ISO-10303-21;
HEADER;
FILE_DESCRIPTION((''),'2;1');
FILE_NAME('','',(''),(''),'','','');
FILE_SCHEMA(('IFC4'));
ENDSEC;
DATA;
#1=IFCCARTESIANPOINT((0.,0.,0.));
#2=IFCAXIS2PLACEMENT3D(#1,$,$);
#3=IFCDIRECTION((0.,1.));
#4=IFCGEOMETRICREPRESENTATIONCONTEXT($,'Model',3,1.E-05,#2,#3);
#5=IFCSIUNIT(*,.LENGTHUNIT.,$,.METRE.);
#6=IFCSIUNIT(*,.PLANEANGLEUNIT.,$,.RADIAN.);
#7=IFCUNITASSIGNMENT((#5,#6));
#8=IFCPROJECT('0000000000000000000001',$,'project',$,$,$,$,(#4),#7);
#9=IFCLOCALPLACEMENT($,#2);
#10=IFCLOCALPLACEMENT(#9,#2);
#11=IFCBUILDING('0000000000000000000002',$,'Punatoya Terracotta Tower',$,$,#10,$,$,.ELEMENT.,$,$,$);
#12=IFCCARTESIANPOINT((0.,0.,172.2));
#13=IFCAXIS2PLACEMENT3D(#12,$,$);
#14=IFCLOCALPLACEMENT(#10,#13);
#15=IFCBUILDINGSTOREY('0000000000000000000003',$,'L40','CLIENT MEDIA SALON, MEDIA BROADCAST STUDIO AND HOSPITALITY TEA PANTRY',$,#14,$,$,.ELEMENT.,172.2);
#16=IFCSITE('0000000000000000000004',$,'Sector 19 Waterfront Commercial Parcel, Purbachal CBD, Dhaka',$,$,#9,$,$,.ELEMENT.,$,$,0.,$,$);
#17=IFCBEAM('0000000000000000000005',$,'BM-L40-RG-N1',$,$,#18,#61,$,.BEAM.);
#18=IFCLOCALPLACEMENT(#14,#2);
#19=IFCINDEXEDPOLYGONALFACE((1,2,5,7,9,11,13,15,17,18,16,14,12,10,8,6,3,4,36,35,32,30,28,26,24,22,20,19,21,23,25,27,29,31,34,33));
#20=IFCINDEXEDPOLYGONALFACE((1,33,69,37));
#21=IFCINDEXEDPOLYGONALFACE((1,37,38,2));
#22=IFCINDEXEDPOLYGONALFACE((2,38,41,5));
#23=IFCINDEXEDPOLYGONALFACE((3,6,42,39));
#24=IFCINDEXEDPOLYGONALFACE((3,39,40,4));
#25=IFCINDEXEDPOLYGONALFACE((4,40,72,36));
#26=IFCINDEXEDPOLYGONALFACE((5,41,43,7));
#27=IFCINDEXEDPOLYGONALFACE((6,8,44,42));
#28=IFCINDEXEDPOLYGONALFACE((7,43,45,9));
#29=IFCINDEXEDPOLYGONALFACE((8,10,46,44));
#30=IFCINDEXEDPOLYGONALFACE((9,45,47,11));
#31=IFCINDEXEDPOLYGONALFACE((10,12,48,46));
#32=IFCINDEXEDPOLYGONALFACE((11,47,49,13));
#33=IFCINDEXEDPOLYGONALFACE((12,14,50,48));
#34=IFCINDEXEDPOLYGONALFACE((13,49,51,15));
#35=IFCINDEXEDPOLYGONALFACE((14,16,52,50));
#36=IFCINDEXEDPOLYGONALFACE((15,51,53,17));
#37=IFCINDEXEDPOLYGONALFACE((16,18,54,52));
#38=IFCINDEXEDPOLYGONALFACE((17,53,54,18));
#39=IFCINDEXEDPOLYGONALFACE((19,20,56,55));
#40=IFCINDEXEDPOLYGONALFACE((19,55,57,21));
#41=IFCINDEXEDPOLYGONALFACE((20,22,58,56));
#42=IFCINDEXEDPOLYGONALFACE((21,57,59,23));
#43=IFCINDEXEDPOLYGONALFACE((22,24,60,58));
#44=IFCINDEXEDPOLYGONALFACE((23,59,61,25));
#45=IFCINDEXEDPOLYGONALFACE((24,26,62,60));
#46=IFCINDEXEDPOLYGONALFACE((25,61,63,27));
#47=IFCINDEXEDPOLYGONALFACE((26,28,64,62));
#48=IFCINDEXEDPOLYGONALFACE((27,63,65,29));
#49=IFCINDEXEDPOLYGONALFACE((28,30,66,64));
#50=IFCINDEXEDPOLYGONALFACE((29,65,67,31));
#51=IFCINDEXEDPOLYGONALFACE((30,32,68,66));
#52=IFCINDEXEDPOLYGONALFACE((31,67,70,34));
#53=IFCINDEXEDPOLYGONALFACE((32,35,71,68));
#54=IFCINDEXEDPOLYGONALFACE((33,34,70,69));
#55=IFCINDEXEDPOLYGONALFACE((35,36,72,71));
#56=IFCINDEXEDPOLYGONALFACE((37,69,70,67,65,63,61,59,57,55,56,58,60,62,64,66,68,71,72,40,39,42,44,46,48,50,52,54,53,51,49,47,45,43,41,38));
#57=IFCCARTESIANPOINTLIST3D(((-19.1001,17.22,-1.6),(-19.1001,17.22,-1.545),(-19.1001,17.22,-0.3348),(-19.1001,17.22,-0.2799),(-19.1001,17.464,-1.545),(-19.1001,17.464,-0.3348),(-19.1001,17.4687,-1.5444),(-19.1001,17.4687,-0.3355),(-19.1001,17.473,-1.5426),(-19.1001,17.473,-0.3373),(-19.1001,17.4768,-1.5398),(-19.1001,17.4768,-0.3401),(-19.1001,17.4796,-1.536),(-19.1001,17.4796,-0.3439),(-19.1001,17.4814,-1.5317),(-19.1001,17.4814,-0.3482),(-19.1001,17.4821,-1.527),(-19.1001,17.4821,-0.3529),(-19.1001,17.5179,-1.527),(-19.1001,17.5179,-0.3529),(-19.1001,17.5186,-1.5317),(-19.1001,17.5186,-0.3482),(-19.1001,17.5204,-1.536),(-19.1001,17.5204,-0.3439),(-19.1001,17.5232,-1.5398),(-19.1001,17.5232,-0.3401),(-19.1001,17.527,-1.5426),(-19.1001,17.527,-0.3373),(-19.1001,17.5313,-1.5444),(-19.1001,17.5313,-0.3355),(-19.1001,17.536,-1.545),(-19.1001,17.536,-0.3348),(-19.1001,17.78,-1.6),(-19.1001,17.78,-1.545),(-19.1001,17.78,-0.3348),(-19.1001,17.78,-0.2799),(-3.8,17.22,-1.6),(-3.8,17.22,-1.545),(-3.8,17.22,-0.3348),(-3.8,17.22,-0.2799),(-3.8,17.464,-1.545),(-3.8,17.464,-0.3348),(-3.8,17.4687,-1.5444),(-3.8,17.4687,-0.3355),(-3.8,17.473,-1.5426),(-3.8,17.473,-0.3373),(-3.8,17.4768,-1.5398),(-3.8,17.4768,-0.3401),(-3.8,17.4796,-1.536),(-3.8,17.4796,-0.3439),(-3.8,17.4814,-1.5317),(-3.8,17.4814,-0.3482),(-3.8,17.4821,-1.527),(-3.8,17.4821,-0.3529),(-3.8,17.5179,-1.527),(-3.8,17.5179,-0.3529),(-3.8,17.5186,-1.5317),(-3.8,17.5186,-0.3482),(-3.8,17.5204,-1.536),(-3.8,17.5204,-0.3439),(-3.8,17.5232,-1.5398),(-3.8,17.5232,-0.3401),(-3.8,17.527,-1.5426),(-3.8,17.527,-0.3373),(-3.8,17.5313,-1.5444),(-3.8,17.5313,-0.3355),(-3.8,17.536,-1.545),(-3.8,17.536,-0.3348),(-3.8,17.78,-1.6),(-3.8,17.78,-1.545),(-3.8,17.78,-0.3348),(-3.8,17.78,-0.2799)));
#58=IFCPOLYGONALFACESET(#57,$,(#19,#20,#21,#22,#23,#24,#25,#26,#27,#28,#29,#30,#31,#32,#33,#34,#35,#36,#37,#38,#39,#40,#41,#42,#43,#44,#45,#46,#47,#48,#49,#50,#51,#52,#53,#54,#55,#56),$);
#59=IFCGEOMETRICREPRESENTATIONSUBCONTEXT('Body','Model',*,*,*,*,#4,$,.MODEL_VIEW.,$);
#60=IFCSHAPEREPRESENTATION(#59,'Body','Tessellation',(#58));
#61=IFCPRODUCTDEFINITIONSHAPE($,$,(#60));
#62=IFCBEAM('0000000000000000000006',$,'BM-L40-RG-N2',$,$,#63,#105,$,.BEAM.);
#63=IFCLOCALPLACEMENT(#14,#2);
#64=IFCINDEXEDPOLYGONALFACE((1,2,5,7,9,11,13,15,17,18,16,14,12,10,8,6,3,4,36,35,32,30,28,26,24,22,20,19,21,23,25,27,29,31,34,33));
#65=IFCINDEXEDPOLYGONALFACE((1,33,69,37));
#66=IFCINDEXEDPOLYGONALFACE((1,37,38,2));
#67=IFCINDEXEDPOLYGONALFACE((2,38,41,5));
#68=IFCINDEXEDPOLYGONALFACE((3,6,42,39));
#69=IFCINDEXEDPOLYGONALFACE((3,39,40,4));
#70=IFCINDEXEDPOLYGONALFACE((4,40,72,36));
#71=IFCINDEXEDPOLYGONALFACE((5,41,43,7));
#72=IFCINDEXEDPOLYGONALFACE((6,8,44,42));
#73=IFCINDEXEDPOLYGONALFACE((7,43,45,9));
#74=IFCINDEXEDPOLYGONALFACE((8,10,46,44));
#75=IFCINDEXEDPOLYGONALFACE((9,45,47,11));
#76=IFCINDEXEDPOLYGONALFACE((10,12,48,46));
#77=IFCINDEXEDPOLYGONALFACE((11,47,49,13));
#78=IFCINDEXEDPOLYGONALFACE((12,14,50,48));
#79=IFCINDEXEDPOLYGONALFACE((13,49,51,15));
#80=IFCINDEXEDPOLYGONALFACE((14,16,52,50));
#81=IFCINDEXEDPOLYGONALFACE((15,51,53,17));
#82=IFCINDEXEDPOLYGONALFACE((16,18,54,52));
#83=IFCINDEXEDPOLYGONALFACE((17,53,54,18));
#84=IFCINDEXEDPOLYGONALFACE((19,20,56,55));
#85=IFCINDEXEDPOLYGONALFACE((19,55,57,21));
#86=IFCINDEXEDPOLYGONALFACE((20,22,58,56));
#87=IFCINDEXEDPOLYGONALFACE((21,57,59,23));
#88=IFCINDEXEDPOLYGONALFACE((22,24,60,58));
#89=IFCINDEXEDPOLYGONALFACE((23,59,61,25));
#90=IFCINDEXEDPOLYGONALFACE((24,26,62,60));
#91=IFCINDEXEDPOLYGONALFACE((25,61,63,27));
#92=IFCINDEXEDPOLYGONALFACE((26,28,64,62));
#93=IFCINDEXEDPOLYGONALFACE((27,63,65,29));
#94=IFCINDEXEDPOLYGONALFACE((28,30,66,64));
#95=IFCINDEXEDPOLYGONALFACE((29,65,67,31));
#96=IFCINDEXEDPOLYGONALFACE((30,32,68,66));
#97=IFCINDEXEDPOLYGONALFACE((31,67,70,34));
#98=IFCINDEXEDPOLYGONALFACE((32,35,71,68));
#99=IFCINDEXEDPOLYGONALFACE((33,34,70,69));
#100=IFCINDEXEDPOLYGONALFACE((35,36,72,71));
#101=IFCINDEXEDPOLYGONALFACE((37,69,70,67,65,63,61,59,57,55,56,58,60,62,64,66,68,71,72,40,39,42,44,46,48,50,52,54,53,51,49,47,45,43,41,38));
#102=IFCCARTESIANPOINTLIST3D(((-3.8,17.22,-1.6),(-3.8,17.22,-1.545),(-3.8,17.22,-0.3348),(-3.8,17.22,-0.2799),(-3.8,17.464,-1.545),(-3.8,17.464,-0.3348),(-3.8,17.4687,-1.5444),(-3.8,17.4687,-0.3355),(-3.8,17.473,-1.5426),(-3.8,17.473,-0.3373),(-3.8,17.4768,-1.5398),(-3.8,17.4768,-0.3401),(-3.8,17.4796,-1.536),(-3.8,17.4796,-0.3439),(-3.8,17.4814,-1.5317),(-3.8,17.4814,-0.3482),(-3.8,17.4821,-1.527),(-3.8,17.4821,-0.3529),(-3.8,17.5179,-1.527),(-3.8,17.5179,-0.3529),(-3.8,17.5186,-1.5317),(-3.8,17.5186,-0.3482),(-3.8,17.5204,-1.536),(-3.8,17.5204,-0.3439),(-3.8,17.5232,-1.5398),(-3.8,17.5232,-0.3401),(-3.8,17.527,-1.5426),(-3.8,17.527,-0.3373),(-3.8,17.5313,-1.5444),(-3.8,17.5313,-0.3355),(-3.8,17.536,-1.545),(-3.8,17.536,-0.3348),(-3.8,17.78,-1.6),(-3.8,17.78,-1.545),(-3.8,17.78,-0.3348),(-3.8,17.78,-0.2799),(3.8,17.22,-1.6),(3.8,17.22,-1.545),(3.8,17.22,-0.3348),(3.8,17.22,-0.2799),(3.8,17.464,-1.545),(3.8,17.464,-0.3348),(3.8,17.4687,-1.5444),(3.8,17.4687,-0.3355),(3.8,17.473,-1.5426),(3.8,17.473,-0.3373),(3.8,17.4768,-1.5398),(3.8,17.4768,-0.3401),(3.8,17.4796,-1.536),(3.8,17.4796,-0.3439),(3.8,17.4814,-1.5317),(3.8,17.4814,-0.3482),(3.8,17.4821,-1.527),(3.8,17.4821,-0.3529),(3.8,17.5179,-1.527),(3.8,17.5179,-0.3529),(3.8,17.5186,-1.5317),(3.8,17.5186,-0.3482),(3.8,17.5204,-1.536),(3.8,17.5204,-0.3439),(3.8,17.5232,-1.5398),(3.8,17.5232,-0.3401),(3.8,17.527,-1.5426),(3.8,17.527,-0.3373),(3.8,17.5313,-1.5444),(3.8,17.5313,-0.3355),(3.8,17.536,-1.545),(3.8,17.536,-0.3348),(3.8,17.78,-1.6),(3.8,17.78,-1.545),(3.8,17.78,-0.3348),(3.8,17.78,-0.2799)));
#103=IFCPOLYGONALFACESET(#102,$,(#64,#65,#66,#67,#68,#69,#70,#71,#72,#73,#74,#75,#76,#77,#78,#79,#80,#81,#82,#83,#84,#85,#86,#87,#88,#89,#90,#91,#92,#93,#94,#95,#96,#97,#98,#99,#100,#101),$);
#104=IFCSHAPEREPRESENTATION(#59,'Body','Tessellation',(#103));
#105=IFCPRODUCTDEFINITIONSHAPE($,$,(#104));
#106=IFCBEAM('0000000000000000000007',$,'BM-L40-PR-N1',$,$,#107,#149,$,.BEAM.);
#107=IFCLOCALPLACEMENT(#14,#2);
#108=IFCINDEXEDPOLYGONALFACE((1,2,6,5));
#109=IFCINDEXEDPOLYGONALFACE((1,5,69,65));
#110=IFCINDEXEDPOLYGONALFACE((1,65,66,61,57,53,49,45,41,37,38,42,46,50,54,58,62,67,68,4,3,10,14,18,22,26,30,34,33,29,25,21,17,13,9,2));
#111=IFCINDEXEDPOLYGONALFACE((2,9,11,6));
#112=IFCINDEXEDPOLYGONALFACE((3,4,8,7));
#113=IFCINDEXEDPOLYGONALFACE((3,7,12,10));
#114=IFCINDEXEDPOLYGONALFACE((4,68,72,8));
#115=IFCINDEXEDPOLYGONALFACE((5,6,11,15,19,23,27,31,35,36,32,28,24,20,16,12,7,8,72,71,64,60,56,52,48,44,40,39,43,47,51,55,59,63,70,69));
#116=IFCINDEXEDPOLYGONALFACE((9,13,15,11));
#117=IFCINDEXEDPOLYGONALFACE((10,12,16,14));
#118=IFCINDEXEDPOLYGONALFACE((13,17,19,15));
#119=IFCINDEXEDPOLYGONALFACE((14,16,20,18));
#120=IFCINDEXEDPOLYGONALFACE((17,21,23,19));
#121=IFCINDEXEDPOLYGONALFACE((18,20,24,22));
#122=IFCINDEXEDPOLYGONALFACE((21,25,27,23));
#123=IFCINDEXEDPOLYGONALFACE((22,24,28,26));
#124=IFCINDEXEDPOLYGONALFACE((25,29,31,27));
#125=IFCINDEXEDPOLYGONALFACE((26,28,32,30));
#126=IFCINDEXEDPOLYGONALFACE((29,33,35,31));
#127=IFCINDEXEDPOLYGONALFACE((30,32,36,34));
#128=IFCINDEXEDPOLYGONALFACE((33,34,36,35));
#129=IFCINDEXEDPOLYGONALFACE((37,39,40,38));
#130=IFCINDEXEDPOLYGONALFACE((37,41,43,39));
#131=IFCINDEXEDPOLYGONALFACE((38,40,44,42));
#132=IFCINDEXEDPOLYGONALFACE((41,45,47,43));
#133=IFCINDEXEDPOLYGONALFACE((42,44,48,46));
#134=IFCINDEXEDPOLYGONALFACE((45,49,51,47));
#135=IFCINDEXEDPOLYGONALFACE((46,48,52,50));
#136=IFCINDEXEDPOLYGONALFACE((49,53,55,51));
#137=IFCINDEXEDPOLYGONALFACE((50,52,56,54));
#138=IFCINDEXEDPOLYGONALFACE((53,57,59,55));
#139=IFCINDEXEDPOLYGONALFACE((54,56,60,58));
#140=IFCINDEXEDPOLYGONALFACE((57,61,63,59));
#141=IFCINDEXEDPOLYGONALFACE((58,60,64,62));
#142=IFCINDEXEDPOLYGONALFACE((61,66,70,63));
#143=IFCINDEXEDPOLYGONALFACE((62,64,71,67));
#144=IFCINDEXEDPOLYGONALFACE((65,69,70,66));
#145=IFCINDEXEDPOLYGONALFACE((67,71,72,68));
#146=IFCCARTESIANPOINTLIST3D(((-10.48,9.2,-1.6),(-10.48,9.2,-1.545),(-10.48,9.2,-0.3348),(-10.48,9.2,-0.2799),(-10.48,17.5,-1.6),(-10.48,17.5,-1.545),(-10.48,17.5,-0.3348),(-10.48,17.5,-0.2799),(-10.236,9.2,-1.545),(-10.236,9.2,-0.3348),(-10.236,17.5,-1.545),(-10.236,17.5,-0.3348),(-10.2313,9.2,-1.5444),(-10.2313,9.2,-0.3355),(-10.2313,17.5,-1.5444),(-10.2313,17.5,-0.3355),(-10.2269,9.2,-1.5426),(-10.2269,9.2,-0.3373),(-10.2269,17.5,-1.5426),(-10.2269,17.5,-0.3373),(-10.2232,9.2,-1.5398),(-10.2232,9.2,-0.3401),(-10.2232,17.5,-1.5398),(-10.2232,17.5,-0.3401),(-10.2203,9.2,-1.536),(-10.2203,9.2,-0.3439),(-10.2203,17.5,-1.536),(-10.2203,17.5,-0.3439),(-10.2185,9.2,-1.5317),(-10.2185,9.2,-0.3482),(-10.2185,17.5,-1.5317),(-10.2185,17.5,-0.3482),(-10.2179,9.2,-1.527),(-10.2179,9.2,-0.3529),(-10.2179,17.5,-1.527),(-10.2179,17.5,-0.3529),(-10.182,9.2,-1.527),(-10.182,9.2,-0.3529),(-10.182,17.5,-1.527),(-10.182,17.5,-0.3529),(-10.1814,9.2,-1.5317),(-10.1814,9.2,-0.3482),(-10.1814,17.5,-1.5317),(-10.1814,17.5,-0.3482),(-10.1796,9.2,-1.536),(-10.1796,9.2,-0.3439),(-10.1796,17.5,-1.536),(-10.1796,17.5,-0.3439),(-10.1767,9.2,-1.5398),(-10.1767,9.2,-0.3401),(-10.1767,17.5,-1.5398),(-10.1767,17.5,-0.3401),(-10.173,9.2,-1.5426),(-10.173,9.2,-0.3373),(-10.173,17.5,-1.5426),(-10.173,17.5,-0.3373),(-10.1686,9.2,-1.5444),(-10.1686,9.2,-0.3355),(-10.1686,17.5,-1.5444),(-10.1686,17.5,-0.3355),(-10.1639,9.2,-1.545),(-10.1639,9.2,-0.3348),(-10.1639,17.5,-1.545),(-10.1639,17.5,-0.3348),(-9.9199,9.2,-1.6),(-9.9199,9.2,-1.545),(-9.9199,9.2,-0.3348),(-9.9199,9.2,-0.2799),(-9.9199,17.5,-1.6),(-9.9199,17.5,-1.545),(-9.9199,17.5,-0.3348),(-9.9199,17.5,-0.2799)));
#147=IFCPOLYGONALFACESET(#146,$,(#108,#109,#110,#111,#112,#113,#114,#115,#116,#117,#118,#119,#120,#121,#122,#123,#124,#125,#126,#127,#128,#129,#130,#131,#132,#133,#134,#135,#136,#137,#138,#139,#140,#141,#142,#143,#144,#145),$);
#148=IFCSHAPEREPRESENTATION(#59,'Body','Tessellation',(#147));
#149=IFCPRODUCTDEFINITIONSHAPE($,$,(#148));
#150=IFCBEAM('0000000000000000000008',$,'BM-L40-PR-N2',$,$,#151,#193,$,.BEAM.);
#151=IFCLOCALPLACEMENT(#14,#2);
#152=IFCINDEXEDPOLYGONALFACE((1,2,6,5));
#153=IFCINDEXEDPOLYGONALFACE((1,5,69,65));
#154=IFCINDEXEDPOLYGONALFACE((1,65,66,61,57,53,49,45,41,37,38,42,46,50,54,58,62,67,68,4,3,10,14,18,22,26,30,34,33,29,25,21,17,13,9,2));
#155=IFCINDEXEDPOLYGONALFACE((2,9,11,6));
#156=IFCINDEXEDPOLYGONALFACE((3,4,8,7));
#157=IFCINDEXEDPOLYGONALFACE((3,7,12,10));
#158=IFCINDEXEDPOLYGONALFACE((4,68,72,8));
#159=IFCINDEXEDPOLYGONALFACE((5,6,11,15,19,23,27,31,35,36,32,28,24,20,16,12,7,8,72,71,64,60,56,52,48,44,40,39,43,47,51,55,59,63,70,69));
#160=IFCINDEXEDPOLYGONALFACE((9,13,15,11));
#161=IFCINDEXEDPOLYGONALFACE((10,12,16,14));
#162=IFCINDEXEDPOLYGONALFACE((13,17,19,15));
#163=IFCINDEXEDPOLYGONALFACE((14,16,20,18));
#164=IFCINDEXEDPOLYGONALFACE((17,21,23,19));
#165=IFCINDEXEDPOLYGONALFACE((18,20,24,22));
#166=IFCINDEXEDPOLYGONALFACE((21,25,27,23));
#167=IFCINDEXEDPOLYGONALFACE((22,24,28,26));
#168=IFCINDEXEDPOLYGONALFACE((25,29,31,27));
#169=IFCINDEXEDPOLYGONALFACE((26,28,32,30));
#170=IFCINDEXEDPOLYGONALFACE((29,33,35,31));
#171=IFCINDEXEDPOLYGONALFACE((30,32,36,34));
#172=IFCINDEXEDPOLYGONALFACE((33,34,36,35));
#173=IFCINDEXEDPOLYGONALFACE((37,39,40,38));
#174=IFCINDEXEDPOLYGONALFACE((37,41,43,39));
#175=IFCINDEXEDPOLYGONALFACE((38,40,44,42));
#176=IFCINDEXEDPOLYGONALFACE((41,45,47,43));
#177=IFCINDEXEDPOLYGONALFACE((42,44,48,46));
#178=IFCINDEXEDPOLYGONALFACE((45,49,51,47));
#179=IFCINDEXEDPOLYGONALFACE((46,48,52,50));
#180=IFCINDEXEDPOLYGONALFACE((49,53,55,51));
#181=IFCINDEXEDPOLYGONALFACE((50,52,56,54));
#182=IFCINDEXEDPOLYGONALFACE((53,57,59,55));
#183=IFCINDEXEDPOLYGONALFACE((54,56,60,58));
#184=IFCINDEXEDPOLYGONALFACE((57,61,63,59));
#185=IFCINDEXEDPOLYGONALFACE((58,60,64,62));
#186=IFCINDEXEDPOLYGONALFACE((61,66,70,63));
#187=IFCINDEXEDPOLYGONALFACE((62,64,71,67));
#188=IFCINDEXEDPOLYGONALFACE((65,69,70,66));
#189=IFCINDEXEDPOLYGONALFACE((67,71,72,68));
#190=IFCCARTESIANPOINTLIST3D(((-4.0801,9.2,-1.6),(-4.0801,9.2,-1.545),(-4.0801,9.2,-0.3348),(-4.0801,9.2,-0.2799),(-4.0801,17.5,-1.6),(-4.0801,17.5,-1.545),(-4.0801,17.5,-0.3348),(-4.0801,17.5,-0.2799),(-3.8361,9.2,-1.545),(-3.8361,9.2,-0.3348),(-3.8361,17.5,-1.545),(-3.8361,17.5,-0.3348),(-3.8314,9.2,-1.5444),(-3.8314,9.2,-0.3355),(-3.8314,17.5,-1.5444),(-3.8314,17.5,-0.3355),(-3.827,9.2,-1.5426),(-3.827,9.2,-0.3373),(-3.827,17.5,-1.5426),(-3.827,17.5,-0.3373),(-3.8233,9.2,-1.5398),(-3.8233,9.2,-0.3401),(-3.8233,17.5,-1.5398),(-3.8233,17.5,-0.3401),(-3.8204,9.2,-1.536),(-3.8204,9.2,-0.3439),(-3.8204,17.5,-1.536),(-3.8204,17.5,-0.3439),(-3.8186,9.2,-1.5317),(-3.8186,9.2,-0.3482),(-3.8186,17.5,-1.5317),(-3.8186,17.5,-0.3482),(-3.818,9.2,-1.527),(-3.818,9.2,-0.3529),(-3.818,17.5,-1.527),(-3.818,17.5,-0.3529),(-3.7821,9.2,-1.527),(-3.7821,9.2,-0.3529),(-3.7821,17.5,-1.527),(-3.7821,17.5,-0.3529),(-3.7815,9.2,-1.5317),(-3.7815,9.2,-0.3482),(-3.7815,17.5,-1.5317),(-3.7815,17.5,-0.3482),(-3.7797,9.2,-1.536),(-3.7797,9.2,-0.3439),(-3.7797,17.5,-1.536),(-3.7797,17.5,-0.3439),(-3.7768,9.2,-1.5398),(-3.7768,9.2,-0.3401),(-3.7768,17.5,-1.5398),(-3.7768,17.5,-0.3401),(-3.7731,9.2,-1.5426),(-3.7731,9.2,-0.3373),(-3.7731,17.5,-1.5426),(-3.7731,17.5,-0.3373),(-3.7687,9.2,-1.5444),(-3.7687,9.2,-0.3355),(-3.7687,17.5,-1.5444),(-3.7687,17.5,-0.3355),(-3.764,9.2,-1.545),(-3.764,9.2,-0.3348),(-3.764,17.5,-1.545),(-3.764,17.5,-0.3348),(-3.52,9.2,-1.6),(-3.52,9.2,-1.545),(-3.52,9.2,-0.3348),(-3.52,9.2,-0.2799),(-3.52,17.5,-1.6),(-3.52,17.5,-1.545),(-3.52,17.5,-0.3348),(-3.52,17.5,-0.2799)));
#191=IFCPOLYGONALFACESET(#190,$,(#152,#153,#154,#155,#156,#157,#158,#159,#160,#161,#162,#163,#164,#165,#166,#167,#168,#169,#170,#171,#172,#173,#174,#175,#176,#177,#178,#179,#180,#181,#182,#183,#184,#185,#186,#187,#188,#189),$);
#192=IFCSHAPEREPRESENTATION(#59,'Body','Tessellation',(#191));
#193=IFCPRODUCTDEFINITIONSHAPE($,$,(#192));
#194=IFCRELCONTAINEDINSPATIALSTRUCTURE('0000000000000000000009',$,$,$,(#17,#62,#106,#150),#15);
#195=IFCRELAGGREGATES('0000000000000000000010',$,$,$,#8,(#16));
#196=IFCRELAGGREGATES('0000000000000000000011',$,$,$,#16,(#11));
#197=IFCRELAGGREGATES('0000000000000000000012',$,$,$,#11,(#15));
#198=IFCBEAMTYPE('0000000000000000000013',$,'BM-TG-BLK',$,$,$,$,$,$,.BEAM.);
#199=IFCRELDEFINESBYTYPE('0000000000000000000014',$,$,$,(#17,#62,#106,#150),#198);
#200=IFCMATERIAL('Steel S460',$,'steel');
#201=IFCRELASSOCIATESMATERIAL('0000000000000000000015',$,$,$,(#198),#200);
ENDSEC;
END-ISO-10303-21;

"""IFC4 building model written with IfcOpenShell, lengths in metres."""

from ifc_helpers import new_model, si_unit, direction, frame, origin, origin_2d, place, context, subcontext, project, spatial, i_section, extrude, material, material_profile, profile_set, type_object, element, save


model = new_model("IFC4")

# Units and contexts
model_context = context("Model", 3, precision=1e-05, world=origin(), true_north=direction((0.0, 1.0)))
body_context = subcontext(model_context, "Body", "Model", "MODEL_VIEW")
ifc_project = project(units=[si_unit("LENGTHUNIT", "METRE"), si_unit("PLANEANGLEUNIT", "RADIAN")], contexts=[model_context])

# Site, building, storey
site_placement = place(None, origin())
site = spatial("IfcSite", under=ifc_project, at=site_placement, Name="Sector 19 Waterfront Commercial Parcel, Purbachal CBD, Dhaka", CompositionType="ELEMENT", RefElevation=0.0)
building_placement = place(site_placement, origin())
building = spatial("IfcBuilding", under=site, at=building_placement, Name="Punatoya Terracotta Tower", CompositionType="ELEMENT")
storey_placement = place(building_placement, frame((0.0, 0.0, 172.2)))
storey = spatial("IfcBuildingStorey", under=building, at=storey_placement, Name="L40", Description="CLIENT MEDIA SALON, MEDIA BROADCAST STUDIO AND HOSPITALITY TEA PANTRY", CompositionType="ELEMENT", Elevation=172.2)

# Shared definitions
ifc_material_1 = material(Name="Steel S460", Category="steel")

# Beams
ifc_material_profile_1 = material_profile(ifc_material_1, i_section(OverallWidth=0.5601, OverallDepth=1.3201, WebThickness=0.0359, FlangeThickness=0.0549, FilletRadius=0.0181, at=origin_2d()))
ifc_profile_set_1 = profile_set([ifc_material_profile_1], Name="Steel S460")
beam_type_1 = type_object("IfcBeamType", Name="BM-TG-BLK", PredefinedType="BEAM", material=ifc_profile_set_1)
beam_1_placement = place(storey_placement, frame((-19.1001, 17.5, -0.9399), z_axis=(1.0, 0.0, 0.0), x_axis=(0.0, 1.0, 0.0)))
element("IfcBeam", 1, at=beam_1_placement, inside=storey, type_object=beam_type_1, Name="BM-L40-RG-N1", PredefinedType="BEAM", context=body_context, shape_type="SweptSolid", body=[
    extrude(i_section(OverallWidth=0.5601, OverallDepth=1.3201, WebThickness=0.0359, FlangeThickness=0.0549, FilletRadius=0.0181, at=origin_2d()), origin(), (0.0, 0.0, 1.0), 15.3),
])
beam_2_placement = place(storey_placement, frame((-3.8, 17.5, -0.9399), z_axis=(1.0, 0.0, 0.0), x_axis=(0.0, 1.0, 0.0)))
element("IfcBeam", 2, at=beam_2_placement, inside=storey, type_object=beam_type_1, Name="BM-L40-RG-N2", PredefinedType="BEAM", context=body_context, shape_type="SweptSolid", body=[
    extrude(i_section(OverallWidth=0.5601, OverallDepth=1.3201, WebThickness=0.0359, FlangeThickness=0.0549, FilletRadius=0.0181, at=origin_2d()), origin(), (0.0, 0.0, 1.0), 7.6001),
])
for number, where, z_axis, x_axis, name in (
    (3, (-10.2, 9.2, -0.9399), (0.0, 1.0, 0.0), (-1.0, 0.0, 0.0), "BM-L40-PR-N1"),
    (4, (-3.8, 9.2, -0.9399), (0.0, 1.0, 0.0), (-1.0, 0.0, 0.0), "BM-L40-PR-N2"),
):
    element("IfcBeam", number, at=place(storey_placement, frame(where, z_axis=z_axis, x_axis=x_axis)), inside=storey, type_object=beam_type_1, Name=name, PredefinedType="BEAM", context=body_context, shape_type="SweptSolid", body=[
        extrude(i_section(OverallWidth=0.5601, OverallDepth=1.3201, WebThickness=0.0359, FlangeThickness=0.0549, FilletRadius=0.0181, at=origin_2d()), origin(), (0.0, 0.0, 1.0), 8.3),
    ])

save(model, "model.ifc")
